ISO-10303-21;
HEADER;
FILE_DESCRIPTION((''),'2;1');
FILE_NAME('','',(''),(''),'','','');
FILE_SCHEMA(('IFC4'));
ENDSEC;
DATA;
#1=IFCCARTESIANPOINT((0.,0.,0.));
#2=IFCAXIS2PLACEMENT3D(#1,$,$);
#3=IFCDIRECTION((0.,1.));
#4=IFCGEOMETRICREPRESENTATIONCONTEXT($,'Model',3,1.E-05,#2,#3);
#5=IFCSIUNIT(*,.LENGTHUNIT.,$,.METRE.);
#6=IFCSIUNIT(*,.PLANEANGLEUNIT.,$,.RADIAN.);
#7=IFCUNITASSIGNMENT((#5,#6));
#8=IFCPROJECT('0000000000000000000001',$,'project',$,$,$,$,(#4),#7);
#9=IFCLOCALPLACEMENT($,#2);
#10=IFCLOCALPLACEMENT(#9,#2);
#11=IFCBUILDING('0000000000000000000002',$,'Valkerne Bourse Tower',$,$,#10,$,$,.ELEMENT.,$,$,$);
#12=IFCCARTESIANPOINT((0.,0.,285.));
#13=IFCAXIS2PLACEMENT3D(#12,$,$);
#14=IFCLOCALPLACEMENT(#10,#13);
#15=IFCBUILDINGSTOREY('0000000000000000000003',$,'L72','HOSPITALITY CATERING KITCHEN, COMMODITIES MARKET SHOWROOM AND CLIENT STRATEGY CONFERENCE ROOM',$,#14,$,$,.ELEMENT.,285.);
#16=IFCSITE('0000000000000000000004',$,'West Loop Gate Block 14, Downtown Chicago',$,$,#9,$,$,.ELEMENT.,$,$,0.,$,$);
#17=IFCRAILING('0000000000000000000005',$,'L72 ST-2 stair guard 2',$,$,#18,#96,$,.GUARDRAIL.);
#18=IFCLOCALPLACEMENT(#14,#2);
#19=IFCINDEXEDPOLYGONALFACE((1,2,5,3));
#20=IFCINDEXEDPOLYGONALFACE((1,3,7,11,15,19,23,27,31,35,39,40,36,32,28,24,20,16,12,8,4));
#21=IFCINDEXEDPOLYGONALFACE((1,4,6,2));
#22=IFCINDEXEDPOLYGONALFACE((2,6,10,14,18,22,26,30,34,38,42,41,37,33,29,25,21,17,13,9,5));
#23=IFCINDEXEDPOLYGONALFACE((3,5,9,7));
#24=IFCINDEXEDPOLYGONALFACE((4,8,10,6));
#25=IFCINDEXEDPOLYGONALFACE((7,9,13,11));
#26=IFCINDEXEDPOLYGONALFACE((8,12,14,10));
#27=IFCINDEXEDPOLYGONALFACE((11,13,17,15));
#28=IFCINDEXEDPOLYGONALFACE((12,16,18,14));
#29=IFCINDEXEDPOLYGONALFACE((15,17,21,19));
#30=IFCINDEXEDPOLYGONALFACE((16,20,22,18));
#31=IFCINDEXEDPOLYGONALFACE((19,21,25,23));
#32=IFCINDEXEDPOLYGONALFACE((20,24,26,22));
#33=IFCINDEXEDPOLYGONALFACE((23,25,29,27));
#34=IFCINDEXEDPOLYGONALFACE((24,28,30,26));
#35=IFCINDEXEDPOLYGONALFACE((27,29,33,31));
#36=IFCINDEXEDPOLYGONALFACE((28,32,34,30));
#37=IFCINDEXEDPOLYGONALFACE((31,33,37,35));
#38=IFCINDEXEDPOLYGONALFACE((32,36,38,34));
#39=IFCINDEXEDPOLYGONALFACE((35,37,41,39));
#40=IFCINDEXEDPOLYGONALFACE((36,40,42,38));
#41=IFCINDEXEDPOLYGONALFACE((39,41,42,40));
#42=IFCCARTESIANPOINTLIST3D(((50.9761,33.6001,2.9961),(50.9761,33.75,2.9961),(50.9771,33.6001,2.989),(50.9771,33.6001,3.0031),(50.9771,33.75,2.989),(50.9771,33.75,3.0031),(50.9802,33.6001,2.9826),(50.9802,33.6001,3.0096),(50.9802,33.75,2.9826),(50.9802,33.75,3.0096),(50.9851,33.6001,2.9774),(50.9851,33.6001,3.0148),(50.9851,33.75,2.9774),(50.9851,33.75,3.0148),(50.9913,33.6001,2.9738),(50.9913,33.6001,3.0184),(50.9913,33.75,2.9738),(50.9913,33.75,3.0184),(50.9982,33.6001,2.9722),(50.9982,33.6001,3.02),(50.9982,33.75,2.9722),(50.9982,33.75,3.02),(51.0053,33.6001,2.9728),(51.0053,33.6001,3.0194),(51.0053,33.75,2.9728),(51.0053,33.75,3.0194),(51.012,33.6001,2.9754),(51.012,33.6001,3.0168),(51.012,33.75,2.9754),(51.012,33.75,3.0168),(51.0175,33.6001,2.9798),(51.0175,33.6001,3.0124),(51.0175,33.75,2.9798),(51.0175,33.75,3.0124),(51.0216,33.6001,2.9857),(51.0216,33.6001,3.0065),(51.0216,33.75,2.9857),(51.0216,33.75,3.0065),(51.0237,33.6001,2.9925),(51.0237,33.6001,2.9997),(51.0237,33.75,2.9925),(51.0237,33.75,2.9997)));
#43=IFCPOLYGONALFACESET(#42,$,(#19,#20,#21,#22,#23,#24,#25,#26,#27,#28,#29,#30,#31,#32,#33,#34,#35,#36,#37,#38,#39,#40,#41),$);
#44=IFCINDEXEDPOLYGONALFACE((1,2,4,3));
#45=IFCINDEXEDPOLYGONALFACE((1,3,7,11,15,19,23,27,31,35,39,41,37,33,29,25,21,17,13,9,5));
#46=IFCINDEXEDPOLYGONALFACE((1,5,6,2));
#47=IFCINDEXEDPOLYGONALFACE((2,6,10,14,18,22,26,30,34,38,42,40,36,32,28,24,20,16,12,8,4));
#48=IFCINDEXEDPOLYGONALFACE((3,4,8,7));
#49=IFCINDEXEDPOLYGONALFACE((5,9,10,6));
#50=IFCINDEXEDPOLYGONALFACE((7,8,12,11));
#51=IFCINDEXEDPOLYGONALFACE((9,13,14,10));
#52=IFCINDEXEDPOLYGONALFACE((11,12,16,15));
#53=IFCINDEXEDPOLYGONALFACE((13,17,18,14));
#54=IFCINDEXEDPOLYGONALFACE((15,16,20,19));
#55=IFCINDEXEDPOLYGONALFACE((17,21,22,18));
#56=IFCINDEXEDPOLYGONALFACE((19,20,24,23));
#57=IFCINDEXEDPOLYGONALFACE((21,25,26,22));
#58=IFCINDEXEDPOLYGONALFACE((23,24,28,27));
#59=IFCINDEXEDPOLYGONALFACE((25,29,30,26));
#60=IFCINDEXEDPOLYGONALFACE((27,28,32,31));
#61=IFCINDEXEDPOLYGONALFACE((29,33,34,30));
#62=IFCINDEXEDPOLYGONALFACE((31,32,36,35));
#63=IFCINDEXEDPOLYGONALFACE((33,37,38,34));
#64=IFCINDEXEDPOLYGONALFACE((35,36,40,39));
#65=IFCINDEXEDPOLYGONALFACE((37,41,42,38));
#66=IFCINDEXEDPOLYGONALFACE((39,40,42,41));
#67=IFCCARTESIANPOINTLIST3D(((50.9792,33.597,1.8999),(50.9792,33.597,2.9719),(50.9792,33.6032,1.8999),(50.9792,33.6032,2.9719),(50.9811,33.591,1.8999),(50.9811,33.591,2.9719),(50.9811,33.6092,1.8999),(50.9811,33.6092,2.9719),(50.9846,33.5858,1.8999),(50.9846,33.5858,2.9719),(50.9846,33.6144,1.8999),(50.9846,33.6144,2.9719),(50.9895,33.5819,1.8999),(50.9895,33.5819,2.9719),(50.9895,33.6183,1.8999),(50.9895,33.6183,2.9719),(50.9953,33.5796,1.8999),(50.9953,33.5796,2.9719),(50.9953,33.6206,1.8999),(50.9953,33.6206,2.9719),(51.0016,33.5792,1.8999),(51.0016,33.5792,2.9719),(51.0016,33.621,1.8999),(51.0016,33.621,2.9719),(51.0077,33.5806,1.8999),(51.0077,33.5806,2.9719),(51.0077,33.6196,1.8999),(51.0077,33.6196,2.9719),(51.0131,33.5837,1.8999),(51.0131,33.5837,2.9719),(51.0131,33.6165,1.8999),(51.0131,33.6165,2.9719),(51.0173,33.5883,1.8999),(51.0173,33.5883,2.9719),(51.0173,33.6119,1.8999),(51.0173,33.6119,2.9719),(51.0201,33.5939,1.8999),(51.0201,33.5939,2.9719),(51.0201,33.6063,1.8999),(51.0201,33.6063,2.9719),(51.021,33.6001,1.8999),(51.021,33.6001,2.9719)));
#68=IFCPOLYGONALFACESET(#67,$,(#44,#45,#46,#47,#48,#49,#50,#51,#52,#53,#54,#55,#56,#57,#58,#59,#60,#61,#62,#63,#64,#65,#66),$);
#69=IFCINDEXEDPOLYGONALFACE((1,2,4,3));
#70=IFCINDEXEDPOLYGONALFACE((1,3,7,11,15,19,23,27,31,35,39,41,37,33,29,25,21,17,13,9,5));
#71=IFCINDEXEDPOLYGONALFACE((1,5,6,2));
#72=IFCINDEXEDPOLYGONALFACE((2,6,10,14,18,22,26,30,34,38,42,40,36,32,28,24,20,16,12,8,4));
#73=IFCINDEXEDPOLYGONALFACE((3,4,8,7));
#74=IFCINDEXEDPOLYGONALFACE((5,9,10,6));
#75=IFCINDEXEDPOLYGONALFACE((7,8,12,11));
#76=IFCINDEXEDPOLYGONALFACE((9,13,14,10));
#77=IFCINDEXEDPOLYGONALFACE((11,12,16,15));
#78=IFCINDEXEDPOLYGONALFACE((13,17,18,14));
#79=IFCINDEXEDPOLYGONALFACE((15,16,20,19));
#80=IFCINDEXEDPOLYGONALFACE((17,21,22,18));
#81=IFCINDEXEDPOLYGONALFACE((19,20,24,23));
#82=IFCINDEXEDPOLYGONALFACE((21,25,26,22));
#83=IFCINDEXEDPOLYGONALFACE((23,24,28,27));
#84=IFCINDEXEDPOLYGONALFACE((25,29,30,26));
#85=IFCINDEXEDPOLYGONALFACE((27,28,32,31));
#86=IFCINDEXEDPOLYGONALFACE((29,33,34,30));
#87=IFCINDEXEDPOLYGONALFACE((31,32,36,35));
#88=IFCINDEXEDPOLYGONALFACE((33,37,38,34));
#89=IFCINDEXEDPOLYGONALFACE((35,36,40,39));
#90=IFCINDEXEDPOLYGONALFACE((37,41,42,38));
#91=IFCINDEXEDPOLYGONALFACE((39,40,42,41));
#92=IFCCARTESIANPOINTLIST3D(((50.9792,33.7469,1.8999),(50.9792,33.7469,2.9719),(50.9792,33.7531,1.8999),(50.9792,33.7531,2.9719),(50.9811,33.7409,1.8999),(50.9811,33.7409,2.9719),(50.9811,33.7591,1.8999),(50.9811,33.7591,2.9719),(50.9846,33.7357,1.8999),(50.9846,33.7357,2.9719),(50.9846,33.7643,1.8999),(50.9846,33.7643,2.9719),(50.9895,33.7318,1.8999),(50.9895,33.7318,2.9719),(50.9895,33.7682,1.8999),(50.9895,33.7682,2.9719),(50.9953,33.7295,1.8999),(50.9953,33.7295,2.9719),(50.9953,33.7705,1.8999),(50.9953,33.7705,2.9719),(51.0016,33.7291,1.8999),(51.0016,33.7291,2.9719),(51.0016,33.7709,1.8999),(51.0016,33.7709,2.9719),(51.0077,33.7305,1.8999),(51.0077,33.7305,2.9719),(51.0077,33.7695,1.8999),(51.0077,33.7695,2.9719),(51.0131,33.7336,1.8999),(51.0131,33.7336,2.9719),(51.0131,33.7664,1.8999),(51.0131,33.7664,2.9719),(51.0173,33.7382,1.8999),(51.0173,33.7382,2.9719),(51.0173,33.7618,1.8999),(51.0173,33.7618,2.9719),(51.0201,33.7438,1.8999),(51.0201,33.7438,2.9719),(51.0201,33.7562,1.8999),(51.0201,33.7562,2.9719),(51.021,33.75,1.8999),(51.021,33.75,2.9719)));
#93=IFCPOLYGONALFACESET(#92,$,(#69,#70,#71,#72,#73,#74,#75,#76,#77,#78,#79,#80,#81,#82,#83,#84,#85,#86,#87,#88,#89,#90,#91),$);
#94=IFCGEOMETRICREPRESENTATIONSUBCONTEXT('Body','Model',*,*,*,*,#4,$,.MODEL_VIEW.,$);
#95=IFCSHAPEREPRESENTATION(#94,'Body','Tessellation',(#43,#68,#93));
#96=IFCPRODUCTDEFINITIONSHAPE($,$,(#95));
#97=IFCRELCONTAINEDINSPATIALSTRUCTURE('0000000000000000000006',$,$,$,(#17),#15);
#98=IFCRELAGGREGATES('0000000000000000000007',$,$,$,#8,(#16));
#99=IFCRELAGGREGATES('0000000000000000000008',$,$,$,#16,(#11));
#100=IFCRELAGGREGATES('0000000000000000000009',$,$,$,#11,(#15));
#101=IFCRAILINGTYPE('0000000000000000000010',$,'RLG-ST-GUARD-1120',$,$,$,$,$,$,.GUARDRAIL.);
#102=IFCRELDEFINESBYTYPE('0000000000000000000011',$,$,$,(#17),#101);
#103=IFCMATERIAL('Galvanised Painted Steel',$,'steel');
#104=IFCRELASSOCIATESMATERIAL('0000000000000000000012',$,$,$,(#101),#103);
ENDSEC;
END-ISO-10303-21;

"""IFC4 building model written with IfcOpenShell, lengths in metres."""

from ifc_helpers import new_model, si_unit, direction, frame, origin, origin_2d, place, context, subcontext, project, spatial, circle, extrude, material, type_object, element, save


model = new_model("IFC4")

# Units and contexts
model_context = context("Model", 3, precision=1e-05, world=origin(), true_north=direction((0.0, 1.0)))
body_context = subcontext(model_context, "Body", "Model", "MODEL_VIEW")
ifc_project = project(units=[si_unit("LENGTHUNIT", "METRE"), si_unit("PLANEANGLEUNIT", "RADIAN")], contexts=[model_context])

# Site, building, storey
site_placement = place(None, origin())
site = spatial("IfcSite", under=ifc_project, at=site_placement, Name="West Loop Gate Block 14, Downtown Chicago", CompositionType="ELEMENT", RefElevation=0.0)
building_placement = place(site_placement, origin())
building = spatial("IfcBuilding", under=site, at=building_placement, Name="Valkerne Bourse Tower", CompositionType="ELEMENT")
storey_placement = place(building_placement, frame((0.0, 0.0, 285.0)))
storey = spatial("IfcBuildingStorey", under=building, at=storey_placement, Name="L72", Description="HOSPITALITY CATERING KITCHEN, COMMODITIES MARKET SHOWROOM AND CLIENT STRATEGY CONFERENCE ROOM", CompositionType="ELEMENT", Elevation=285.0)

# Shared definitions
ifc_material_1 = material(Name="Galvanised Painted Steel", Category="steel")

# Railing
railing_type_1 = type_object("IfcRailingType", Name="RLG-ST-GUARD-1120", PredefinedType="GUARDRAIL", material=ifc_material_1)
railing_1_placement = place(storey_placement, frame((51.0, 33.6001, 1.8999)))
element("IfcRailing", 1, at=railing_1_placement, inside=storey, type_object=railing_type_1, Name="L72 ST-2 stair guard 2", PredefinedType="GUARDRAIL", context=body_context, shape_type="SweptSolid", body=[
    extrude(circle(Radius=0.0239, at=origin_2d()), frame((0.0, 0.0, 1.0962), z_axis=(0.0, 1.0, 0.0), x_axis=(-1.0, 0.0, 0.0)), (0.0, 0.0, 1.0), 0.1499),
    extrude(circle(Radius=0.021, at=origin_2d()), origin(), (0.0, 0.0, 1.0), 1.072),
    extrude(circle(Radius=0.021, at=origin_2d()), frame((0.0, 0.1499, 0.0)), (0.0, 0.0, 1.0), 1.072),
])

save(model, "model.ifc")
